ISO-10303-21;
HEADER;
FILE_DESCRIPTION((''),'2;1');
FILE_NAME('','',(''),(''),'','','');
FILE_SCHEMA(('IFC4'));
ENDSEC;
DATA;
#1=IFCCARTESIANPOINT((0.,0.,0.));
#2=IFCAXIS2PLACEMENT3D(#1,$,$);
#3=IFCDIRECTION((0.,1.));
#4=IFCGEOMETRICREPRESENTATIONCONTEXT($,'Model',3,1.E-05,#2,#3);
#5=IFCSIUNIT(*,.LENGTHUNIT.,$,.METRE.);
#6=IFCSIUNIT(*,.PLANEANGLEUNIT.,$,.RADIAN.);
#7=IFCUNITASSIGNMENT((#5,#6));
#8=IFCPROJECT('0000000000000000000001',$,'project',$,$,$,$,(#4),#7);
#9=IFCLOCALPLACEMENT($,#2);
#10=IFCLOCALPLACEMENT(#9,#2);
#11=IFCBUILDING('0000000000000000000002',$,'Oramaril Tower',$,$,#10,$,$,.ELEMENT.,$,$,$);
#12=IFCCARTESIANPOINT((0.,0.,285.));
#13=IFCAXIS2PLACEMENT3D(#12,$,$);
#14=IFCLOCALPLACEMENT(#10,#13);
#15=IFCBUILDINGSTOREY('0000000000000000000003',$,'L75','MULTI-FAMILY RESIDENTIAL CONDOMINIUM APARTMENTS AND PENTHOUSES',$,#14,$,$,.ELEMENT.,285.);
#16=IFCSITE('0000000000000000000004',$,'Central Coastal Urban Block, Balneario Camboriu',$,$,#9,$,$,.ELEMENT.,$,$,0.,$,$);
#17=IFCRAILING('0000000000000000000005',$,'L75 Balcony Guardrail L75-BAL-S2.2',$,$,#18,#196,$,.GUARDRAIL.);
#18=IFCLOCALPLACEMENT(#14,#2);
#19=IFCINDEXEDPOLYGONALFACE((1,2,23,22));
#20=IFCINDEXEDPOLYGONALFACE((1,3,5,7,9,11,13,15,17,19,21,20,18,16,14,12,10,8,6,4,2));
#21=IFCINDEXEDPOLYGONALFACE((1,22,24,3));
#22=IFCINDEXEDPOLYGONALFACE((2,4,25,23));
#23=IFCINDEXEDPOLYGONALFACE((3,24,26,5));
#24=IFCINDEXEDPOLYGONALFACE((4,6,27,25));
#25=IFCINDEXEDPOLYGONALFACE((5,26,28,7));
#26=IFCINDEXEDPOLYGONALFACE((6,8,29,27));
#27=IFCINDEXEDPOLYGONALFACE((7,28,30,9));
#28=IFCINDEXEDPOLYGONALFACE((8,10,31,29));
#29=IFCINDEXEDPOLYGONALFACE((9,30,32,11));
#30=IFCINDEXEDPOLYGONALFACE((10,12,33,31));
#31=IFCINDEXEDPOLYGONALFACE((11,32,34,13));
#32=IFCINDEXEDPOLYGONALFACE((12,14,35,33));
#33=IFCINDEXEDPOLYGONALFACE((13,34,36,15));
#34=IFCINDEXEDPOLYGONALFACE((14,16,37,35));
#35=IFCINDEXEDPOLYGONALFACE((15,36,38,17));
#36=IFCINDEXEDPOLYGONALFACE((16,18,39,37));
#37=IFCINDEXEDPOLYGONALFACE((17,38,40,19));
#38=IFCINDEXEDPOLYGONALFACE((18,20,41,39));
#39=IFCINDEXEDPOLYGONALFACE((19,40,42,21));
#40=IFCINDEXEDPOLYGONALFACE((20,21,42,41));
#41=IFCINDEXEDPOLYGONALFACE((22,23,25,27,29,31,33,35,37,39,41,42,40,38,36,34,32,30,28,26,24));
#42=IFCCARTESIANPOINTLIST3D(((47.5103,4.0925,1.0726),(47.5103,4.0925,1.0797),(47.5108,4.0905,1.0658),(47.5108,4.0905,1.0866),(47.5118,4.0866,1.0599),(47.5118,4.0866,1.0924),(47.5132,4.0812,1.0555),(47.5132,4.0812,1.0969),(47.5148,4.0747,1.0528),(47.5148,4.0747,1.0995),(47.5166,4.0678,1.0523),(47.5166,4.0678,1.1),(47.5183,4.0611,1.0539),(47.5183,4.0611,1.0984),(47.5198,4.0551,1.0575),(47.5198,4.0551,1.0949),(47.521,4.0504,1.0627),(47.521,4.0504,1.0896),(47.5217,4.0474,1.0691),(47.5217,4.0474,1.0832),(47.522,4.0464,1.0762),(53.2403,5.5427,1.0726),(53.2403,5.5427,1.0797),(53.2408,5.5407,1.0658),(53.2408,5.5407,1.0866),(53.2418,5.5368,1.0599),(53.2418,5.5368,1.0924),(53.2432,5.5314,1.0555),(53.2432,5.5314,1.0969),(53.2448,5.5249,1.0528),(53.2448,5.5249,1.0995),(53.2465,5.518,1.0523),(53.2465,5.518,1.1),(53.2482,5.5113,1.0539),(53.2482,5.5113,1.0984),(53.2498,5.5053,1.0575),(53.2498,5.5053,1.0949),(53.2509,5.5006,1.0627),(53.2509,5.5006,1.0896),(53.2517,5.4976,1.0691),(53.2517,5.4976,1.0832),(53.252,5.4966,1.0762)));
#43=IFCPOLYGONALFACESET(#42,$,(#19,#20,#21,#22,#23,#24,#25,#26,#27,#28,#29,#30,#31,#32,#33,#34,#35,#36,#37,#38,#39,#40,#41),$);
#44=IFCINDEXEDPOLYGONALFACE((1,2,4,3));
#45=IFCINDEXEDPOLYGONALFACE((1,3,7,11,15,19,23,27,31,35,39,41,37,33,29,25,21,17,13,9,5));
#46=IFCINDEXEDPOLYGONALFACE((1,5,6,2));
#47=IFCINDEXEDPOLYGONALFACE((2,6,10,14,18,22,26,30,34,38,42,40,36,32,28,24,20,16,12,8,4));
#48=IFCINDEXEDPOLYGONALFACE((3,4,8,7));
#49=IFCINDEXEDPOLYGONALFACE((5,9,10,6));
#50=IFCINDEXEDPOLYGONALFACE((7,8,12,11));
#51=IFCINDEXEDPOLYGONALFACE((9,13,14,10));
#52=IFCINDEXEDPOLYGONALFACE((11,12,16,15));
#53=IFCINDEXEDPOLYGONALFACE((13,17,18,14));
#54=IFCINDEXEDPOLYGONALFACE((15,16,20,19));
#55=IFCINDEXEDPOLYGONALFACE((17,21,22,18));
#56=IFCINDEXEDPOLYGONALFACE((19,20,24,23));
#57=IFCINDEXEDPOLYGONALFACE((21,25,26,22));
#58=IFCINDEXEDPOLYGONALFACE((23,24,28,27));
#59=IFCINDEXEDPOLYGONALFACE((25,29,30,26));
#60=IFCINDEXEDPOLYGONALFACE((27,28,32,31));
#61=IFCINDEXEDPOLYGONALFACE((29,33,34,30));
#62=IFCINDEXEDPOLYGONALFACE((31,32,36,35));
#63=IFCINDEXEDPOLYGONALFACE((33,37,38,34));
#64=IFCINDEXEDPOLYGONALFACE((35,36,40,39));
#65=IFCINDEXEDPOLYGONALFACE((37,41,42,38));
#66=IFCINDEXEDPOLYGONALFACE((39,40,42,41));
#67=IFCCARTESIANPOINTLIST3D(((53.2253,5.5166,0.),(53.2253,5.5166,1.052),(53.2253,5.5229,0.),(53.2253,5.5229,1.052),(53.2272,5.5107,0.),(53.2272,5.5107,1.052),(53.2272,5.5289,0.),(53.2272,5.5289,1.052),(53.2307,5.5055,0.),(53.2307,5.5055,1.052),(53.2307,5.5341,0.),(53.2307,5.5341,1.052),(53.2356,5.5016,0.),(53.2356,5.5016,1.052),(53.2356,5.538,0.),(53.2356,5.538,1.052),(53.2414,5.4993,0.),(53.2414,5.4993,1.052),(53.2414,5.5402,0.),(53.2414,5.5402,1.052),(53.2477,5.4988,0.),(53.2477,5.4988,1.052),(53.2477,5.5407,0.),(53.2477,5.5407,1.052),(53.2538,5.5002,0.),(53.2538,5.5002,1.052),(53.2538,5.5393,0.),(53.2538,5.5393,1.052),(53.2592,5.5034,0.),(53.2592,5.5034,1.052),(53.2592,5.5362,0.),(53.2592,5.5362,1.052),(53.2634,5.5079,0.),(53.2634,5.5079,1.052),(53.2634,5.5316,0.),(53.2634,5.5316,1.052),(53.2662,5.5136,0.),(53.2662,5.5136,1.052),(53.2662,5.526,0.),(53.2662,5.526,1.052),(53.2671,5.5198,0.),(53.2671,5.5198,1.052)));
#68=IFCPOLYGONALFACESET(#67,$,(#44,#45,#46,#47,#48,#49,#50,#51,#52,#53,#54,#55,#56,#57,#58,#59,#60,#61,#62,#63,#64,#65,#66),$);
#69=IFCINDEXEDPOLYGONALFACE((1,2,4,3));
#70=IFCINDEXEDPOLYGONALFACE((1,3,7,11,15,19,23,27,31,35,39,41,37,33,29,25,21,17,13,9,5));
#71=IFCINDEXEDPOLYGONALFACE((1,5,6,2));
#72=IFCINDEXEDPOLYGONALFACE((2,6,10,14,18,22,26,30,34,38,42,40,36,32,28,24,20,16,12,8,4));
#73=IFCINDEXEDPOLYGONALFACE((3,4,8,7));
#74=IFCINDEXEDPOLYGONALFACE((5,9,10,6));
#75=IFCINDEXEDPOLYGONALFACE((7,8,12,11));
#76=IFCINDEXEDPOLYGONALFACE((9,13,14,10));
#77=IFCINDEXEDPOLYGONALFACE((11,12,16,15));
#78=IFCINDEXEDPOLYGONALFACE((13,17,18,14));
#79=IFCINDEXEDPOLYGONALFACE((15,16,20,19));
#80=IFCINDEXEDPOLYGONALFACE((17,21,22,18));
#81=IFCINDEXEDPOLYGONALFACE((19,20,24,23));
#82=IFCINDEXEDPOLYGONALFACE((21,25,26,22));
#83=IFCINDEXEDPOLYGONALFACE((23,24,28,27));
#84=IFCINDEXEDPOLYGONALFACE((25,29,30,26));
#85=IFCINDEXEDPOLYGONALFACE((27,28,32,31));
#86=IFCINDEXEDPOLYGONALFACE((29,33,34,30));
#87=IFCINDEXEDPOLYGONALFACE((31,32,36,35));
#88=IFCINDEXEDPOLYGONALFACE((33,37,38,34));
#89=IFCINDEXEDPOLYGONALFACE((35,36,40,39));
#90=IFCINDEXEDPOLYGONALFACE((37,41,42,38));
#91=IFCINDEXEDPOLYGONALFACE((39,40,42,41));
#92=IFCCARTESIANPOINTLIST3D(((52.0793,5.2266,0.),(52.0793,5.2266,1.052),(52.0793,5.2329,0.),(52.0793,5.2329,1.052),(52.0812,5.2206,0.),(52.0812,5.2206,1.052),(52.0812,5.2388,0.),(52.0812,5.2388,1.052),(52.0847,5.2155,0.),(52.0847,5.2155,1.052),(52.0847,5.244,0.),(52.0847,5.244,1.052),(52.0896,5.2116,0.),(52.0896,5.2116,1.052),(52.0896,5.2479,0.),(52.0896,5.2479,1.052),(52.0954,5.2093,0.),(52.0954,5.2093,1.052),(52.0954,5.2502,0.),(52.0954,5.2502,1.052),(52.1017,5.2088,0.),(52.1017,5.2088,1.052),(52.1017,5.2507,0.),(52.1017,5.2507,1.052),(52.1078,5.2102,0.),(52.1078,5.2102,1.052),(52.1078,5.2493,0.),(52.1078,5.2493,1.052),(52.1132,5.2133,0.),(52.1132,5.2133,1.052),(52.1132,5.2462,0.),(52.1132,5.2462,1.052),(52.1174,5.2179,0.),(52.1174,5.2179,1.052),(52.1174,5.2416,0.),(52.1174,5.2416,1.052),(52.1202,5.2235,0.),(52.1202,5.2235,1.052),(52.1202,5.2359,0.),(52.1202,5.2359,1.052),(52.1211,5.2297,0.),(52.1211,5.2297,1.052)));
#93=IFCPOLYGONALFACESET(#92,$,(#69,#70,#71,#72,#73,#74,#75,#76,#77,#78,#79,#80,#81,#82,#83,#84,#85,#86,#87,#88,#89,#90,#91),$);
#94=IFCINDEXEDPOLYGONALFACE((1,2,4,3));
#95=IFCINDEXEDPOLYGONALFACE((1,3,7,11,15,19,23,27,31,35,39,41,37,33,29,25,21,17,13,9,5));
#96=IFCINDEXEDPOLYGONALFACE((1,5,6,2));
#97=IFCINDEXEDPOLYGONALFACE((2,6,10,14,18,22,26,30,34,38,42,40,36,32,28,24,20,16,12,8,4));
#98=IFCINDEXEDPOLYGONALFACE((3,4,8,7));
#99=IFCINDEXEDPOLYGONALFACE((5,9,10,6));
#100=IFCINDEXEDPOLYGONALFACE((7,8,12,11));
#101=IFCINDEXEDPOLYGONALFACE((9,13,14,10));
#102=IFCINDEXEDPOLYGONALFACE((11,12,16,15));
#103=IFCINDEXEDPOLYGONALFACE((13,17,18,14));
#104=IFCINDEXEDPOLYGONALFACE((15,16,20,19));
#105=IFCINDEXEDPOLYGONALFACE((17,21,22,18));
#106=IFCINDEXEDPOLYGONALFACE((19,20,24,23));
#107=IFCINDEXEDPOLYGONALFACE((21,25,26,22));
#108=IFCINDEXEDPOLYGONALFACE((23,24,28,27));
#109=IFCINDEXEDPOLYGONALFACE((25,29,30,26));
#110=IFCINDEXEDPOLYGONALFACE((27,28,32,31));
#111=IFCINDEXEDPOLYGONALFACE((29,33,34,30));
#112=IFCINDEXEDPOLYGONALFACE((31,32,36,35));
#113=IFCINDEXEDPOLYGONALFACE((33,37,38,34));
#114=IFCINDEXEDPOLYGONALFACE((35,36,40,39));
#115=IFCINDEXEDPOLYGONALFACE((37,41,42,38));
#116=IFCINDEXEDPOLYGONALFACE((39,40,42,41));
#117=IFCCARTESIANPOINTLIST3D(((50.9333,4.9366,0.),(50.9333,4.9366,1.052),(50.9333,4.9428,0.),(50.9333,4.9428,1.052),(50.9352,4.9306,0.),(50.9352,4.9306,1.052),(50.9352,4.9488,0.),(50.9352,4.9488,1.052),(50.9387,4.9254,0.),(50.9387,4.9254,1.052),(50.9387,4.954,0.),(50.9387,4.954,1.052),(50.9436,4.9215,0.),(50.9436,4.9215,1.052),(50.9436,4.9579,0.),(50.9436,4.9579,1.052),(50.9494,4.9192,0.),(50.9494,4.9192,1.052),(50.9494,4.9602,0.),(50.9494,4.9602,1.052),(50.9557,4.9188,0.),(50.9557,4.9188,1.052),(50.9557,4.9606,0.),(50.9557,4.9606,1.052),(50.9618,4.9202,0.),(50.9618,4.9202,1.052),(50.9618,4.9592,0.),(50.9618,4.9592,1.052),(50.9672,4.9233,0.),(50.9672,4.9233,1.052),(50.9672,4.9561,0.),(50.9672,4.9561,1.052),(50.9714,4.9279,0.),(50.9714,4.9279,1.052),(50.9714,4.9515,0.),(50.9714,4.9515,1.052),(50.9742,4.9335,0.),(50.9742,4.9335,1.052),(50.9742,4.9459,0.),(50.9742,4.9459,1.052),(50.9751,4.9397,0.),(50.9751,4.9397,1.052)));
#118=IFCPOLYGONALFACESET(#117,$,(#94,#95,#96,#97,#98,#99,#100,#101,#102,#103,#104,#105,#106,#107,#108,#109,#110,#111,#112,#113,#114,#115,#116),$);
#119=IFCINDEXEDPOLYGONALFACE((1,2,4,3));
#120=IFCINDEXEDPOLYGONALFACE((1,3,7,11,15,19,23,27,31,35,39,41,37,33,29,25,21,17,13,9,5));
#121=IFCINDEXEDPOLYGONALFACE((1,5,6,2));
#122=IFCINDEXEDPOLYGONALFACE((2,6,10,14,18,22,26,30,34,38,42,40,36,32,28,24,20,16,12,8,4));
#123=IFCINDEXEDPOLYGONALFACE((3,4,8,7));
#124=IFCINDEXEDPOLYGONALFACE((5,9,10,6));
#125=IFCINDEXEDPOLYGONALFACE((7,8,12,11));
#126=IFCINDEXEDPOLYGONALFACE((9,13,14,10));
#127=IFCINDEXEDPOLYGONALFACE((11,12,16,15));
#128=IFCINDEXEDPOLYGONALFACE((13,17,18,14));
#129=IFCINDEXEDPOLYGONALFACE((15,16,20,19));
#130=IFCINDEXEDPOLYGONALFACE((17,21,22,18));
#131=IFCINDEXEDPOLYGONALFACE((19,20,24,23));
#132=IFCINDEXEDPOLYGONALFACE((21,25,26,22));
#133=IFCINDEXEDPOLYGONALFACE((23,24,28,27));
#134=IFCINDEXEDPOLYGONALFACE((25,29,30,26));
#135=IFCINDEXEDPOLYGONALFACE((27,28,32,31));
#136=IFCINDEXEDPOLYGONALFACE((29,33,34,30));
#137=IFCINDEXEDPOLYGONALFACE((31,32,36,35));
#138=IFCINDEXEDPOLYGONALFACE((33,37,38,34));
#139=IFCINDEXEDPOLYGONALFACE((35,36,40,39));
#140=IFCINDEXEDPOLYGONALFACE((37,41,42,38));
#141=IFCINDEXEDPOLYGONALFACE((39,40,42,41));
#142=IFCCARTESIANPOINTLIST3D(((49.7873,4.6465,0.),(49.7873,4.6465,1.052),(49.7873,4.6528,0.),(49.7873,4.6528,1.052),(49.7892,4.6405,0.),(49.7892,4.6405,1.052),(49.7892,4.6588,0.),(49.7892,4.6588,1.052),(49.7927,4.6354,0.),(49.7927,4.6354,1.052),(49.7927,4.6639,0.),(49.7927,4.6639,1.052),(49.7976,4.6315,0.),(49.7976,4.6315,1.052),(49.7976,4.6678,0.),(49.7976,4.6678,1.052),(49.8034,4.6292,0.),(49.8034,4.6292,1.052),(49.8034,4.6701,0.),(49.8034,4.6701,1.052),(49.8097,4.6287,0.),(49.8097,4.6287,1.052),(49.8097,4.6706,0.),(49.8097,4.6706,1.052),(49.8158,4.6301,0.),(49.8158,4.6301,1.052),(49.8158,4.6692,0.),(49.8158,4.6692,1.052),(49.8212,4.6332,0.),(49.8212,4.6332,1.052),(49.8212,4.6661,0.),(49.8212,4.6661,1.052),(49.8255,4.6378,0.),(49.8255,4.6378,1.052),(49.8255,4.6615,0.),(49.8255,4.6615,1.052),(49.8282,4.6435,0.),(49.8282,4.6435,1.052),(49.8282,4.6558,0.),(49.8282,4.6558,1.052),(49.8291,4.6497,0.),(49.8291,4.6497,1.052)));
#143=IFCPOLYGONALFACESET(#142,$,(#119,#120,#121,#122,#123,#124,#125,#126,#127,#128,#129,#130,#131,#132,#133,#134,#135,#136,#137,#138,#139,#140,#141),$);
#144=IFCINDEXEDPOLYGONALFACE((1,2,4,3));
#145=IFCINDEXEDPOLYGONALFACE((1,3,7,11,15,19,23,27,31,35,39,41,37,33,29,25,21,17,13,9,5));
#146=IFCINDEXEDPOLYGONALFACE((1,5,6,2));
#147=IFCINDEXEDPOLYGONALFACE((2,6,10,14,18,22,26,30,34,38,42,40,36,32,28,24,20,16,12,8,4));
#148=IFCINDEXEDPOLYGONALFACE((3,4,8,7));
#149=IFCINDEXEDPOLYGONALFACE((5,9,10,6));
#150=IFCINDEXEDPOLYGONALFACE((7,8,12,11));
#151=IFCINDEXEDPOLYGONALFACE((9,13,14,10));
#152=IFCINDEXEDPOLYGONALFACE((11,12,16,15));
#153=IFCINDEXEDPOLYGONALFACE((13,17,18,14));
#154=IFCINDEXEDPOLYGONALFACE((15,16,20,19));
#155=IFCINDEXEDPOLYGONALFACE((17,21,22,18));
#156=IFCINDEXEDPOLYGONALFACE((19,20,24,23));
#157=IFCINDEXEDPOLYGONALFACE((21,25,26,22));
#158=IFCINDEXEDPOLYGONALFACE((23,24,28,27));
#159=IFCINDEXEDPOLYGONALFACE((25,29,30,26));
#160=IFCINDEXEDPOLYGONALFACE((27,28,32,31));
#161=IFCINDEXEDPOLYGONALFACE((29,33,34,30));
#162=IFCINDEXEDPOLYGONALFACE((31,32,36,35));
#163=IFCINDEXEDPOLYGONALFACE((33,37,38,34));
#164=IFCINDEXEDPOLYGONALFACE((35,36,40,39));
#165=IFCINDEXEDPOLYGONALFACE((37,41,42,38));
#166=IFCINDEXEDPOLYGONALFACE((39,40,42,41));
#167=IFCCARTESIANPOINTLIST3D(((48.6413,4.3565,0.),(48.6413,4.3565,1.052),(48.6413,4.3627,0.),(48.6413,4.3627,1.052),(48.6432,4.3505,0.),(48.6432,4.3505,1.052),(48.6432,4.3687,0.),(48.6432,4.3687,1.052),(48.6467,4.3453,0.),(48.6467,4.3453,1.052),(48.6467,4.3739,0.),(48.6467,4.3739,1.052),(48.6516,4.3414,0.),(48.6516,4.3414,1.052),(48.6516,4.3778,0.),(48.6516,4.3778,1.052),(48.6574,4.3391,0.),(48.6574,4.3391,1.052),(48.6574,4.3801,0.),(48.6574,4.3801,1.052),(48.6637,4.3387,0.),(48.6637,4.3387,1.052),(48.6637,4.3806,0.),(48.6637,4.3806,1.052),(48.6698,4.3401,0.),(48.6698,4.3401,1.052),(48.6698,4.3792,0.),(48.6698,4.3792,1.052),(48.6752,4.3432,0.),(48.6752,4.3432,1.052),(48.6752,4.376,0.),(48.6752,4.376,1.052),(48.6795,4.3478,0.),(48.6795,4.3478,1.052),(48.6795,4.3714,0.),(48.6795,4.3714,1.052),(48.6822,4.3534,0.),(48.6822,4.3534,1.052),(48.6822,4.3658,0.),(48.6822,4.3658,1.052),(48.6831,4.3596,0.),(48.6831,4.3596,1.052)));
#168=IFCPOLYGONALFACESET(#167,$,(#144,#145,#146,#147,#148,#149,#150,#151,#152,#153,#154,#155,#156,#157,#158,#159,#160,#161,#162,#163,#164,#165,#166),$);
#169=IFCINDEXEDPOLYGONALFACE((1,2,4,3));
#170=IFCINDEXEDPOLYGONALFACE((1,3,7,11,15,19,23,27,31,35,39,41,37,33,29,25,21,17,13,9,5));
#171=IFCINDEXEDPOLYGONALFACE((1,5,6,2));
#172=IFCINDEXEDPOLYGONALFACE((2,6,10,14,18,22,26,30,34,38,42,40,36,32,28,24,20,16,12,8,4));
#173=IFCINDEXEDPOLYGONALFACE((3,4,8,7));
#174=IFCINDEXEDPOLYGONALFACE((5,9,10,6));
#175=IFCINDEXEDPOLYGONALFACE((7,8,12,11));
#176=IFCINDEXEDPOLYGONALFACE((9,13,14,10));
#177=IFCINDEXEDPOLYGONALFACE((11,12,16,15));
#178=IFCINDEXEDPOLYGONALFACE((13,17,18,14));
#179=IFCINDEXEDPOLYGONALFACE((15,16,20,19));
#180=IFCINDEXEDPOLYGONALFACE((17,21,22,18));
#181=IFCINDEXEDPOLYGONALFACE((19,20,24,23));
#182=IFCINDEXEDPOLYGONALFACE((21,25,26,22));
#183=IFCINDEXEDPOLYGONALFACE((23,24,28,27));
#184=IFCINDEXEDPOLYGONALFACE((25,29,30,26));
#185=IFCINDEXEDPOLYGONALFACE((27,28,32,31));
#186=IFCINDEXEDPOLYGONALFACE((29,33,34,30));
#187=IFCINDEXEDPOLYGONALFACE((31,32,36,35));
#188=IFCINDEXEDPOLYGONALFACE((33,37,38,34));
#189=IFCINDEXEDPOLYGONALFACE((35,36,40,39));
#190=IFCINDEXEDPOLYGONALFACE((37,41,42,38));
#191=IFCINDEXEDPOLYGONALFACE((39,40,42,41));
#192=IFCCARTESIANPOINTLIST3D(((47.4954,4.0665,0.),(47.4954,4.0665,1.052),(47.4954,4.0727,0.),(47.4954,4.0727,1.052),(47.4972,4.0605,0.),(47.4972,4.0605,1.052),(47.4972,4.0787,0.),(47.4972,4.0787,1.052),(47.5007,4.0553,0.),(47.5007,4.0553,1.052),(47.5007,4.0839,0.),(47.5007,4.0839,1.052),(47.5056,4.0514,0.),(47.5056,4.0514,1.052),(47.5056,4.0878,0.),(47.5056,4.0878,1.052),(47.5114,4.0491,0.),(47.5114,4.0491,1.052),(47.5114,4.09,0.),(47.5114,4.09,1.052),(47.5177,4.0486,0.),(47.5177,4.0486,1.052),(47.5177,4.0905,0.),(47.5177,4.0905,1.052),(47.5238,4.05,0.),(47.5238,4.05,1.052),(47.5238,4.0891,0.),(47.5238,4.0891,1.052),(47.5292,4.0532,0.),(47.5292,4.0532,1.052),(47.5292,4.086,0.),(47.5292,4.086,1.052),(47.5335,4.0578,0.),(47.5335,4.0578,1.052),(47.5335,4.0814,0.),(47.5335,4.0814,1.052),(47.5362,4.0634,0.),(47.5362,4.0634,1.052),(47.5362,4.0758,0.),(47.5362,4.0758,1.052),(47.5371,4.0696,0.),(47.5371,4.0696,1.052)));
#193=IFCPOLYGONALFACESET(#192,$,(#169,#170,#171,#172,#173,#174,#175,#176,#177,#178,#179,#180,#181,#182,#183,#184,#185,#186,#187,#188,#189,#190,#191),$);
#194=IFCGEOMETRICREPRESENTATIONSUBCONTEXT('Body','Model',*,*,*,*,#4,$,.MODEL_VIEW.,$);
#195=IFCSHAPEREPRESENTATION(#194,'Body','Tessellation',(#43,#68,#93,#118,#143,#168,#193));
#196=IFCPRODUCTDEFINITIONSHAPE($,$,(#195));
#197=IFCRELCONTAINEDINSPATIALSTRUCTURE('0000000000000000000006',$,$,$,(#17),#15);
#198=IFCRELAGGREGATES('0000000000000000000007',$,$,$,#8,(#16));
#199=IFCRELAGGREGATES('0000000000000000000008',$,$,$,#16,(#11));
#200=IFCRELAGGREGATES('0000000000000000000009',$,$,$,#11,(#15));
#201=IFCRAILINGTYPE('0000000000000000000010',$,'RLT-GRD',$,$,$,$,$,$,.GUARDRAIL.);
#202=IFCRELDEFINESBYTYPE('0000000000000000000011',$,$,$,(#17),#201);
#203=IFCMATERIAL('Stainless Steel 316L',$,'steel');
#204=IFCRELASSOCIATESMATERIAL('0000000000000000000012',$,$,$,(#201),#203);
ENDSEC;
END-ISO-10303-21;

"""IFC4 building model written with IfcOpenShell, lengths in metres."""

from ifc_helpers import new_model, si_unit, direction, frame, origin, origin_2d, place, context, subcontext, project, spatial, circle, extrude, material, type_object, element, save


model = new_model("IFC4")

# Units and contexts
model_context = context("Model", 3, precision=1e-05, world=origin(), true_north=direction((0.0, 1.0)))
body_context = subcontext(model_context, "Body", "Model", "MODEL_VIEW")
ifc_project = project(units=[si_unit("LENGTHUNIT", "METRE"), si_unit("PLANEANGLEUNIT", "RADIAN")], contexts=[model_context])

# Site, building, storey
site_placement = place(None, origin())
site = spatial("IfcSite", under=ifc_project, at=site_placement, Name="Central Coastal Urban Block, Balneario Camboriu", CompositionType="ELEMENT", RefElevation=0.0)
building_placement = place(site_placement, origin())
building = spatial("IfcBuilding", under=site, at=building_placement, Name="Oramaril Tower", CompositionType="ELEMENT")
storey_placement = place(building_placement, frame((0.0, 0.0, 285.0)))
storey = spatial("IfcBuildingStorey", under=building, at=storey_placement, Name="L75", Description="MULTI-FAMILY RESIDENTIAL CONDOMINIUM APARTMENTS AND PENTHOUSES", CompositionType="ELEMENT", Elevation=285.0)

# Railing
ifc_material_1 = material(Name="Stainless Steel 316L", Category="steel")
railing_type = type_object("IfcRailingType", Name="RLT-GRD", PredefinedType="GUARDRAIL", material=ifc_material_1)
railing_1_placement = place(storey_placement, frame((53.2461, 5.5198, 0.0)))
element("IfcRailing", 1, at=railing_1_placement, inside=storey, type_object=railing_type, Name="L75 Balcony Guardrail L75-BAL-S2.2", PredefinedType="GUARDRAIL", context=body_context, shape_type="SweptSolid", body=[
    extrude(circle(Radius=0.0239, at=origin_2d()), frame((0.0, 0.0, 1.0762), z_axis=(-0.969434, -0.245353, 0.0), x_axis=(0.245353, -0.969434, 0.0)), (0.0, 0.0, 1.0), 5.9106),
    extrude(circle(Radius=0.021, at=origin_2d()), origin(), (0.0, 0.0, 1.0), 1.052),
    extrude(circle(Radius=0.021, at=origin_2d()), frame((-1.146, -0.29, 0.0)), (0.0, 0.0, 1.0), 1.052),
    extrude(circle(Radius=0.021, at=origin_2d()), frame((-2.292, -0.5801, 0.0)), (0.0, 0.0, 1.0), 1.052),
    extrude(circle(Radius=0.021, at=origin_2d()), frame((-3.438, -0.8701, 0.0)), (0.0, 0.0, 1.0), 1.052),
    extrude(circle(Radius=0.021, at=origin_2d()), frame((-4.584, -1.1602, 0.0)), (0.0, 0.0, 1.0), 1.052),
    extrude(circle(Radius=0.021, at=origin_2d()), frame((-5.73, -1.4502, 0.0)), (0.0, 0.0, 1.0), 1.052),
])

save(model, "model.ifc")
